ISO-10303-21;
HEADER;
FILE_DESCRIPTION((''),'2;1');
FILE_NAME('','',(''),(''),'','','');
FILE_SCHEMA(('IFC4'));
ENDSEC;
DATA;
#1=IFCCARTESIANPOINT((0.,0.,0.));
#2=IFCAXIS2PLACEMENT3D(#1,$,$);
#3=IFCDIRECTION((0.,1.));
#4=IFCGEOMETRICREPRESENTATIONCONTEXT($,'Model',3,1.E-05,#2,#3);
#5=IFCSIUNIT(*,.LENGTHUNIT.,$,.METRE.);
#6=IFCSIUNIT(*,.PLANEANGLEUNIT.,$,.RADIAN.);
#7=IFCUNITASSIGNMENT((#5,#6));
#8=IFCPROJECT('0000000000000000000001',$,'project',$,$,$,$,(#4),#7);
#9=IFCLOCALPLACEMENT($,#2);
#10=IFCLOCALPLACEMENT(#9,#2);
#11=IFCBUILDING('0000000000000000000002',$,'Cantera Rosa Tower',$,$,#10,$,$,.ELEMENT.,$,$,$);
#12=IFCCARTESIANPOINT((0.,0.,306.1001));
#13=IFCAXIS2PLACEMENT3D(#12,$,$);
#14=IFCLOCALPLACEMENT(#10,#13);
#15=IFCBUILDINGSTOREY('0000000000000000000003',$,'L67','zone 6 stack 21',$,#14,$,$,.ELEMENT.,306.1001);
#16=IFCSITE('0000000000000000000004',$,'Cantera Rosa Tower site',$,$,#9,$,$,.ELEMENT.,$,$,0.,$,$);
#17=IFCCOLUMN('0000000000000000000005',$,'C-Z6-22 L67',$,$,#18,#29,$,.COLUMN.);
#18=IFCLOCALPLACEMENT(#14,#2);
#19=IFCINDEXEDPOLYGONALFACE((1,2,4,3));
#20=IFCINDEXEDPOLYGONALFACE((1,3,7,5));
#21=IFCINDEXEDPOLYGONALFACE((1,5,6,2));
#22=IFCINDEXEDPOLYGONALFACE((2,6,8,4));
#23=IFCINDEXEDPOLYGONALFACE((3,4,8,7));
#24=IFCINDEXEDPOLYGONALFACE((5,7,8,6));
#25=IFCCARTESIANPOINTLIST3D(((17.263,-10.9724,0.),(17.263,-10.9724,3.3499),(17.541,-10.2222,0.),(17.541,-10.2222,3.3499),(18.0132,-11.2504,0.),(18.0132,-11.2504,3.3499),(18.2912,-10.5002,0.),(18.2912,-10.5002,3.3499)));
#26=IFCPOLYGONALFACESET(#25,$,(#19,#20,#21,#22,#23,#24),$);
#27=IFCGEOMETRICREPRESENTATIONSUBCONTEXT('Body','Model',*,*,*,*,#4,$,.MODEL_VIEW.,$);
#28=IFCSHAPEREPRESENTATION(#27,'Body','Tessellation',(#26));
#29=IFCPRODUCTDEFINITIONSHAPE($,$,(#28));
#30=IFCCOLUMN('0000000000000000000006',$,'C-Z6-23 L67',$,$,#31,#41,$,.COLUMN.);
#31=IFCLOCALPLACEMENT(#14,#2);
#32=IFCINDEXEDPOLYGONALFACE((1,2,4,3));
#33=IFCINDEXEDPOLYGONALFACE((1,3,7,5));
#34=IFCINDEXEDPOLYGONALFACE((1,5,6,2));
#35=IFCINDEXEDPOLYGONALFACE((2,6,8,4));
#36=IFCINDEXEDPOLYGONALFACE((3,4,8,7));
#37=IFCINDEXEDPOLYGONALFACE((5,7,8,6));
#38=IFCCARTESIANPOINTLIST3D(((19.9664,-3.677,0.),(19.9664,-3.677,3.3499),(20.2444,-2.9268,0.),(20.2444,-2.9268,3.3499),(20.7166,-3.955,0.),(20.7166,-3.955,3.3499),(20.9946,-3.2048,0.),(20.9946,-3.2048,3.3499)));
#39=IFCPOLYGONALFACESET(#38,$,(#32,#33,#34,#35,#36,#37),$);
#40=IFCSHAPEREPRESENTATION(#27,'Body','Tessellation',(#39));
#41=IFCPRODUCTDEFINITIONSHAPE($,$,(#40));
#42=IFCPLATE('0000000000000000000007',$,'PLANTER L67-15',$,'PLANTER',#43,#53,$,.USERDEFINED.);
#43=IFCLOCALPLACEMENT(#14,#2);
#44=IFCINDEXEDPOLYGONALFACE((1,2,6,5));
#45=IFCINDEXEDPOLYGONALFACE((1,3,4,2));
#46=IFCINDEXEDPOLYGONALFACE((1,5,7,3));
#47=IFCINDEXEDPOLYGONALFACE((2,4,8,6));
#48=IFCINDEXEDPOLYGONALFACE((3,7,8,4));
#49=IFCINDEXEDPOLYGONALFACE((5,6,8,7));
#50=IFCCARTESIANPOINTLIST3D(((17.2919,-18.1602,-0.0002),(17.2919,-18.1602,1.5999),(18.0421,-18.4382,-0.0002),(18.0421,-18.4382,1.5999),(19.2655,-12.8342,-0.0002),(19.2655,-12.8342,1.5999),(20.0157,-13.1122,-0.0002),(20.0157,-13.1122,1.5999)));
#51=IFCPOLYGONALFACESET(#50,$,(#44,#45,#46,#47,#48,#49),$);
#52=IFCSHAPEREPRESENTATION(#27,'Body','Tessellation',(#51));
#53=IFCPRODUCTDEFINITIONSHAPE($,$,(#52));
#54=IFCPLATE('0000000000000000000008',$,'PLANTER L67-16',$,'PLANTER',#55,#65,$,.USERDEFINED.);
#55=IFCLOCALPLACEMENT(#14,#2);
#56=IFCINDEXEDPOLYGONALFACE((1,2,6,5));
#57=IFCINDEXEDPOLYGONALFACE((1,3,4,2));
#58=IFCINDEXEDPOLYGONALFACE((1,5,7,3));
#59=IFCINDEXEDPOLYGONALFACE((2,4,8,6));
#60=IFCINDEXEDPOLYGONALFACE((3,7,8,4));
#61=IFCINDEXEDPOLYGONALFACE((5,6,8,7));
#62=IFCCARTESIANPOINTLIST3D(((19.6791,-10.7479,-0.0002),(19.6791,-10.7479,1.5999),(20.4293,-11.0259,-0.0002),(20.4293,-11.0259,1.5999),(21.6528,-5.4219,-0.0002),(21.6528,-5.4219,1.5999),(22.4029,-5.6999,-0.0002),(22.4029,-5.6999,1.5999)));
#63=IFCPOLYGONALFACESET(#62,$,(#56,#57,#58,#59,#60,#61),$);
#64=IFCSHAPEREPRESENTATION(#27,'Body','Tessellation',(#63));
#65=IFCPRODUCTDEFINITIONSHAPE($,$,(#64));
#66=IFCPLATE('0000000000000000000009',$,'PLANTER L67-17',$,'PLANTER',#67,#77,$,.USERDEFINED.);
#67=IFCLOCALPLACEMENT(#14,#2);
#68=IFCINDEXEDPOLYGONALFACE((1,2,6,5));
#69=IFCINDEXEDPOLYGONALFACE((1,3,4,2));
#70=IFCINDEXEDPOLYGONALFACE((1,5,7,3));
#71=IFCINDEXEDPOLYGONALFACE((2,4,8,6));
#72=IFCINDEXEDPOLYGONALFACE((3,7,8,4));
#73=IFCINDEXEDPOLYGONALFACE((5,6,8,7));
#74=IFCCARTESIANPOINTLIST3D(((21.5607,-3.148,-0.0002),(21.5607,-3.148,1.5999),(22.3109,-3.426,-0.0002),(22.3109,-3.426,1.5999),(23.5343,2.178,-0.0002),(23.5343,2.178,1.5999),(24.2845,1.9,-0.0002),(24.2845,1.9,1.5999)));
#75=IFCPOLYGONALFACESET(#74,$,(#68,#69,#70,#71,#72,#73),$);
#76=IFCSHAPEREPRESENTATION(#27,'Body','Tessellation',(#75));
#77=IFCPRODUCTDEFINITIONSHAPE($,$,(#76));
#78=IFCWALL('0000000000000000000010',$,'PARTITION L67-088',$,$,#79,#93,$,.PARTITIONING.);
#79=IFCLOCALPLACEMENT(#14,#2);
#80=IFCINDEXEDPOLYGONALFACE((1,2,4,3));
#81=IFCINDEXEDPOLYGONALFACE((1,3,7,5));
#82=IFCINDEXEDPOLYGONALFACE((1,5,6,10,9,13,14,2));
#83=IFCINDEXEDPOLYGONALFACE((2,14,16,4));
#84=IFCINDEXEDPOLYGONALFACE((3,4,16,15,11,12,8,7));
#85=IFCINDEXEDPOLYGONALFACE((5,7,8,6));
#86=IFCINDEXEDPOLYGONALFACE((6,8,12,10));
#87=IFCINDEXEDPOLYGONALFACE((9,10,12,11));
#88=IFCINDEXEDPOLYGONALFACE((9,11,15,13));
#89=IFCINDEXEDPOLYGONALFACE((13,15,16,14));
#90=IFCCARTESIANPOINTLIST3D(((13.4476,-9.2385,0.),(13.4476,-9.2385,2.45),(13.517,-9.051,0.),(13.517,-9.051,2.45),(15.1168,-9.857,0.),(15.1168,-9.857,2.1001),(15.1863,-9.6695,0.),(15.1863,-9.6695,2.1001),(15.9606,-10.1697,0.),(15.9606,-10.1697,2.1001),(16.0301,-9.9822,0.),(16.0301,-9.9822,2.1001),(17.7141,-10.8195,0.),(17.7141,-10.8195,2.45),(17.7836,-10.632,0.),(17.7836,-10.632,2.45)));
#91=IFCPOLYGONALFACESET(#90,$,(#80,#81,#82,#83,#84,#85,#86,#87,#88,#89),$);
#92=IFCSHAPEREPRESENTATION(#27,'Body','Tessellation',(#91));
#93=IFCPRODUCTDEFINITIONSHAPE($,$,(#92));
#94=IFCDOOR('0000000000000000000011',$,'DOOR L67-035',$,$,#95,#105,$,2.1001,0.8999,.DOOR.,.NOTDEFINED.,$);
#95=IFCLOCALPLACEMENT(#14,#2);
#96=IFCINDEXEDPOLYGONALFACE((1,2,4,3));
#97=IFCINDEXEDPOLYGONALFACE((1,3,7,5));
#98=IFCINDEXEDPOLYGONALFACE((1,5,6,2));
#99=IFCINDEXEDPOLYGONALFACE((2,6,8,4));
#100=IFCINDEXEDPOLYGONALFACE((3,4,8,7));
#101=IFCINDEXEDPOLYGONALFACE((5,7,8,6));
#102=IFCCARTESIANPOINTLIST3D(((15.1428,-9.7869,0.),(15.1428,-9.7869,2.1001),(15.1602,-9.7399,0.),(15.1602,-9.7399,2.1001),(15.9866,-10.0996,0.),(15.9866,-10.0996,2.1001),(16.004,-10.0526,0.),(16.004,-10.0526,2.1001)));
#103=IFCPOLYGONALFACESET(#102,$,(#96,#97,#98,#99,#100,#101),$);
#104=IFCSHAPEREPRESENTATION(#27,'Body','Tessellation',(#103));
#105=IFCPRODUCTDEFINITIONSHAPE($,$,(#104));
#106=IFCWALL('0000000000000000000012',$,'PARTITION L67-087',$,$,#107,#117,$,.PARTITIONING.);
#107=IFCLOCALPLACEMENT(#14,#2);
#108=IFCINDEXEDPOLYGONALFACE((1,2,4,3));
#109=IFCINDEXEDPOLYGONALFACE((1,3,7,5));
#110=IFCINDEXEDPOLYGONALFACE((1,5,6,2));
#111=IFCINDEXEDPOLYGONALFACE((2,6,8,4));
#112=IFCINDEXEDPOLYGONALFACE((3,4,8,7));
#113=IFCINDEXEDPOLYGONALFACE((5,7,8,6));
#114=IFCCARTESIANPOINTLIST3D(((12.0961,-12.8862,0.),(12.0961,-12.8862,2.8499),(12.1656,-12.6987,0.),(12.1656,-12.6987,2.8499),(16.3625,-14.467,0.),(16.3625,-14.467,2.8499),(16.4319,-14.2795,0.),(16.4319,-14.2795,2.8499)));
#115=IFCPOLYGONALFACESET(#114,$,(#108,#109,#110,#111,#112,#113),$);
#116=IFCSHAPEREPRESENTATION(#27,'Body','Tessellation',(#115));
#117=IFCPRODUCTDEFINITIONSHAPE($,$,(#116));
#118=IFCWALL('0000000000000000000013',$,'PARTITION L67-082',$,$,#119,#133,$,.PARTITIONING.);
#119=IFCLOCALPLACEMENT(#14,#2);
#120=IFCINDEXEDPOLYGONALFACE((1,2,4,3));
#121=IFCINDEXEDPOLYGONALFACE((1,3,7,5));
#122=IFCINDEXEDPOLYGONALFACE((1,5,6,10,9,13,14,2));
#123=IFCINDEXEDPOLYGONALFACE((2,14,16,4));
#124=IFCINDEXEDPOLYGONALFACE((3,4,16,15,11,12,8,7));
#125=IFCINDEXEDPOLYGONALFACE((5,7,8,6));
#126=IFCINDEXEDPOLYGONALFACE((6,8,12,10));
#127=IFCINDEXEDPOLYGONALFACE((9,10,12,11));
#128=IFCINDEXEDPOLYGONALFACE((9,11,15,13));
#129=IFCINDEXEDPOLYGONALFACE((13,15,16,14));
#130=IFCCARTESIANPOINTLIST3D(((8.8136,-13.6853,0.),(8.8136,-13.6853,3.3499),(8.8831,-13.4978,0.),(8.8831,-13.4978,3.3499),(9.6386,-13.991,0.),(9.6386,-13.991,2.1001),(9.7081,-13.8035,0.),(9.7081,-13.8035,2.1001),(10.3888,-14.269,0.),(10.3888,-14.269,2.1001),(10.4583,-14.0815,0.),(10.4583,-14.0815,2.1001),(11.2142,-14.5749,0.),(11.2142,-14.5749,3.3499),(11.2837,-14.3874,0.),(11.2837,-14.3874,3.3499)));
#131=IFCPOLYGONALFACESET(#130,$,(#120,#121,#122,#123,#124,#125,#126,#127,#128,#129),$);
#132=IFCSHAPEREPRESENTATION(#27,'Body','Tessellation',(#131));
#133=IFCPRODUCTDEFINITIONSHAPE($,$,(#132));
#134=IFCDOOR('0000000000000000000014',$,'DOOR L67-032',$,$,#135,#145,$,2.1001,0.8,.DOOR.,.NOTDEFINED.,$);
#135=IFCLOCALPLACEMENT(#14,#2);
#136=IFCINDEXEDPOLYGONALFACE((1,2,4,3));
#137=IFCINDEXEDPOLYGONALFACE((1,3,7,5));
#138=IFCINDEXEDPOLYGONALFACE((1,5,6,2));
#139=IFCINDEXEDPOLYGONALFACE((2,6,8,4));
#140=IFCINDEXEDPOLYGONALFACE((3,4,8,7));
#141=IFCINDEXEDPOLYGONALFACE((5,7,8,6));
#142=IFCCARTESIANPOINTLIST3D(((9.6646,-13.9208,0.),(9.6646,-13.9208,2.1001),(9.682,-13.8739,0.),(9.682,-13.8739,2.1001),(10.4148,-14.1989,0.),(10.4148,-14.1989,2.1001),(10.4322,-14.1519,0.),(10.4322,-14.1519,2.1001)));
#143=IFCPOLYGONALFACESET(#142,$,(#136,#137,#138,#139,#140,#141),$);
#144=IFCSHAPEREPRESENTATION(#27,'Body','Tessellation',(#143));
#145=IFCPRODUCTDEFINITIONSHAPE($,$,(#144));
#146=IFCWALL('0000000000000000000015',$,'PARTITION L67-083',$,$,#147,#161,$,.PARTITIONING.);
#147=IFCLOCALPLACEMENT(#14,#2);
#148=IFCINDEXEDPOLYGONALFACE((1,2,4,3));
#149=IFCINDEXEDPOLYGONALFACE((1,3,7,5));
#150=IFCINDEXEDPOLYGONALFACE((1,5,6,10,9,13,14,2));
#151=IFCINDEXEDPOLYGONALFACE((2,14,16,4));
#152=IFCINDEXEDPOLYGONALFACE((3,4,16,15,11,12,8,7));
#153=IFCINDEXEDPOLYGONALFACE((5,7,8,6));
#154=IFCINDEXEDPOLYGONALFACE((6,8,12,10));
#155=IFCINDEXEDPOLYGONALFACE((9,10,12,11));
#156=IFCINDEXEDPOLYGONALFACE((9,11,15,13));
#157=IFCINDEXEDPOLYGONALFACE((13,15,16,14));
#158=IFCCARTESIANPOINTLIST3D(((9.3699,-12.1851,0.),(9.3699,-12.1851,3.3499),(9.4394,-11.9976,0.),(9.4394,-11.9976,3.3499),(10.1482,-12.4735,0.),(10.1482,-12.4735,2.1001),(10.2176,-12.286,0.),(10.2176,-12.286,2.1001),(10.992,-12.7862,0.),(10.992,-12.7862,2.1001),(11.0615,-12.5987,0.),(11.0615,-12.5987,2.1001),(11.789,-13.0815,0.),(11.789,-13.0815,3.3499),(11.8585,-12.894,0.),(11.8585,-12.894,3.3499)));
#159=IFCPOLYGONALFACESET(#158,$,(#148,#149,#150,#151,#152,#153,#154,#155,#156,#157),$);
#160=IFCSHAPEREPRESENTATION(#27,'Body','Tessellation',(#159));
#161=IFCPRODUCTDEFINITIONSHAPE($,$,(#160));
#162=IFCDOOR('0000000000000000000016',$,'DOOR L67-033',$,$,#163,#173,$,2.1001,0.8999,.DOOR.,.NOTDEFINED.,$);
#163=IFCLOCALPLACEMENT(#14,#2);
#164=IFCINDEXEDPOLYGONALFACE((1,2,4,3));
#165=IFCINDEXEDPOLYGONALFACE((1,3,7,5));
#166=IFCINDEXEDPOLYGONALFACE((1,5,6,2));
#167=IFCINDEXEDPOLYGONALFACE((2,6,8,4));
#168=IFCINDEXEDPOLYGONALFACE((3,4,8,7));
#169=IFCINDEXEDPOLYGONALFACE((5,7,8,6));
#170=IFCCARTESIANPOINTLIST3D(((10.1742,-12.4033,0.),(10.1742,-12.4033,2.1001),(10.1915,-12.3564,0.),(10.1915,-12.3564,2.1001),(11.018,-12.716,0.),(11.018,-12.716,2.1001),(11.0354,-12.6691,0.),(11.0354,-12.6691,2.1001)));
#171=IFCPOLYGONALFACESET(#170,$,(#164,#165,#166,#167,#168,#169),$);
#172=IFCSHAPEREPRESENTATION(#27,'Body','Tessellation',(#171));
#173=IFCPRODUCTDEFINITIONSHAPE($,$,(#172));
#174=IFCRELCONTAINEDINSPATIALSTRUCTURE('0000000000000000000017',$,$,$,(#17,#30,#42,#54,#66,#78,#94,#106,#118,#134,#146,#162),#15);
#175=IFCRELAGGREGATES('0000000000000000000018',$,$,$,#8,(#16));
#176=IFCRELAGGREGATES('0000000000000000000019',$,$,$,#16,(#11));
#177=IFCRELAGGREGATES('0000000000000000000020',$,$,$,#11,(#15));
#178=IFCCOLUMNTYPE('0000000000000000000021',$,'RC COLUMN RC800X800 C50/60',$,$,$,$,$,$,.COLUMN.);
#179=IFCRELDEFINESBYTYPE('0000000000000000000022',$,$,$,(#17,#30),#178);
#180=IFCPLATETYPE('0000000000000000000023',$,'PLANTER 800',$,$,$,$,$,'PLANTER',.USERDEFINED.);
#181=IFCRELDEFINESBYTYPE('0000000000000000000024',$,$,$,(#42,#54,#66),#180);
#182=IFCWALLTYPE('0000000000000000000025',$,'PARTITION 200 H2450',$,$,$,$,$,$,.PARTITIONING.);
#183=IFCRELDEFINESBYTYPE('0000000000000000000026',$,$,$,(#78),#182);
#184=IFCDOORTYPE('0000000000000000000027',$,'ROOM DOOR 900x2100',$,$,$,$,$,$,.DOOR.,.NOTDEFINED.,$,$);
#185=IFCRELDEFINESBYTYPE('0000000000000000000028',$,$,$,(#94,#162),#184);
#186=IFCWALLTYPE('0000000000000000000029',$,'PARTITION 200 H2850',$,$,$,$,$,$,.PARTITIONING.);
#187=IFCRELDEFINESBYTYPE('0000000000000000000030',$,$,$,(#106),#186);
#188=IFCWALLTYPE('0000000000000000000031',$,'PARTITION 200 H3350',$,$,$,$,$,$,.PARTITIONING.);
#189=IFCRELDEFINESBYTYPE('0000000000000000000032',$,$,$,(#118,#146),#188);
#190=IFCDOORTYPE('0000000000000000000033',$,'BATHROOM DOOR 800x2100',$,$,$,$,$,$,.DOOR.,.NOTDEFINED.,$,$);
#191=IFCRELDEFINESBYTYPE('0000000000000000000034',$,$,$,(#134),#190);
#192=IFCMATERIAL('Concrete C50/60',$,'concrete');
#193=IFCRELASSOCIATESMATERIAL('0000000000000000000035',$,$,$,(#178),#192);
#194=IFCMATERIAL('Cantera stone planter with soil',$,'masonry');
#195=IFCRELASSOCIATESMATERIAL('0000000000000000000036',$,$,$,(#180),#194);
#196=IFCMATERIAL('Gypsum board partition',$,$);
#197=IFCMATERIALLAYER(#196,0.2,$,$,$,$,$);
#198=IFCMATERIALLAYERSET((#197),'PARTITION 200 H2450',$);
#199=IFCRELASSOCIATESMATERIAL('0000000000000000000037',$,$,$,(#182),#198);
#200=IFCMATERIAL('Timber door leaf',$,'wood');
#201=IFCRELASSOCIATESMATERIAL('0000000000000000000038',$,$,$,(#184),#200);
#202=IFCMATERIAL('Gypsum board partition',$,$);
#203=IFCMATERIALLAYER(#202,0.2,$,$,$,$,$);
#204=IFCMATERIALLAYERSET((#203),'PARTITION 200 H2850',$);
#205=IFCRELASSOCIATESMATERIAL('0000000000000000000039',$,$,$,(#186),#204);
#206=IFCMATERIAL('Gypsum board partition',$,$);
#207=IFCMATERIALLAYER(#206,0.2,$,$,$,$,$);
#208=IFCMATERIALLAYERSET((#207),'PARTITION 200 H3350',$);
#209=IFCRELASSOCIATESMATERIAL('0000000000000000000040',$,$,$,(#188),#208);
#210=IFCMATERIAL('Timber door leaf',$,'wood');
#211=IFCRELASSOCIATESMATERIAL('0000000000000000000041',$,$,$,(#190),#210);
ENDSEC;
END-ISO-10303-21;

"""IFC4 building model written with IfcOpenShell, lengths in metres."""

from ifc_helpers import new_model, si_unit, direction, frame, frame_2d, origin, origin_2d, place, context, subcontext, project, spatial, rectangle, extrude, material, layer, layer_set, material_profile, profile_set, type_object, element, fill, save


model = new_model("IFC4")

# Units and contexts
model_context = context("Model", 3, precision=1e-05, world=origin(), true_north=direction((0.0, 1.0)))
body_context = subcontext(model_context, "Body", "Model", "MODEL_VIEW")
ifc_project = project(units=[si_unit("LENGTHUNIT", "METRE"), si_unit("PLANEANGLEUNIT", "RADIAN")], contexts=[model_context])

# Site, building, storey
site_placement = place(None, origin())
site = spatial("IfcSite", under=ifc_project, at=site_placement, Name="Cantera Rosa Tower site", CompositionType="ELEMENT", RefElevation=0.0)
building_placement = place(site_placement, origin())
building = spatial("IfcBuilding", under=site, at=building_placement, Name="Cantera Rosa Tower", CompositionType="ELEMENT")
storey_placement = place(building_placement, frame((0.0, 0.0, 306.1001)))
storey = spatial("IfcBuildingStorey", under=building, at=storey_placement, Name="L67", Description="zone 6 stack 21", CompositionType="ELEMENT", Elevation=306.1001)

# Columns
ifc_material_1 = material(Name="Concrete C50/60", Category="concrete")
ifc_material_profile = material_profile(ifc_material_1, rectangle(XDim=0.8, YDim=0.8, at=origin_2d()), Name="RC COLUMN RC800X800 C50/60")
ifc_profile_set = profile_set([ifc_material_profile], Name="Concrete C50/60")
column_type = type_object("IfcColumnType", Name="RC COLUMN RC800X800 C50/60", PredefinedType="COLUMN", material=ifc_profile_set)
for number, where, z_axis, x_axis, name in (
    (1, (17.7771, -10.7363, 0.0), (0.0, 0.0, 1.0), (0.347481, 0.937687, 0.0), "C-Z6-22 L67"),
    (2, (20.4805, -3.4409, 0.0), (0.0, 0.0, 1.0), (0.347481, 0.937687, 0.0), "C-Z6-23 L67"),
):
    element("IfcColumn", number, at=place(storey_placement, frame(where, z_axis=z_axis, x_axis=x_axis)), inside=storey, type_object=column_type, Name=name, PredefinedType="COLUMN", context=body_context, shape_type="SweptSolid", body=[
        extrude(rectangle(XDim=0.8, YDim=0.8, at=origin_2d()), origin(), (0.0, 0.0, 1.0), 3.3499),
    ])

# Plates
ifc_material_2 = material(Name="Cantera stone planter with soil", Category="masonry")
plate_type = type_object("IfcPlateType", Name="PLANTER 800", ElementType="PLANTER", PredefinedType="USERDEFINED", material=ifc_material_2)
for number, where, z_axis, x_axis, name in (
    (3, (18.6538, -15.6362, -0.0002), (0.0, 0.0, 1.0), (0.347481, 0.937687, 0.0), "PLANTER L67-15"),
    (4, (21.041, -8.2239, -0.0002), (0.0, 0.0, 1.0), (0.347481, 0.937687, 0.0), "PLANTER L67-16"),
    (5, (22.9226, -0.624, -0.0002), (0.0, 0.0, 1.0), (0.347481, 0.937687, 0.0), "PLANTER L67-17"),
):
    element("IfcPlate", number, at=place(storey_placement, frame(where, z_axis=z_axis, x_axis=x_axis)), inside=storey, type_object=plate_type, Name=name, ObjectType="PLANTER", PredefinedType="USERDEFINED", context=body_context, shape_type="SweptSolid", body=[
        extrude(rectangle(XDim=5.6799, YDim=0.8, at=origin_2d()), origin(), (0.0, 0.0, 1.0), 1.6001),
    ])

# Wall, opening, door
ifc_material_3 = material(Name="Gypsum board partition")
ifc_layer_1 = layer(ifc_material_3, 0.2)
ifc_layer_set_1 = layer_set([ifc_layer_1], Name="PARTITION 200 H2450")
wall_type_1 = type_object("IfcWallType", Name="PARTITION 200 H2450", PredefinedType="PARTITIONING", material=ifc_layer_set_1)
wall_1_placement = place(storey_placement, frame((13.4824, -9.1448, 0.0), z_axis=(0.0, 0.0, 1.0), x_axis=(0.937689, -0.347475, 0.0)))
wall_1 = element("IfcWall", 6, at=wall_1_placement, inside=storey, type_object=wall_type_1, Name="PARTITION L67-088", PredefinedType="PARTITIONING", context=body_context, shape_type="SweptSolid", body=[
    extrude(rectangle(XDim=4.55, YDim=0.2, at=frame_2d((2.2749, 0.0))), origin(), (0.0, 0.0, 1.0), 2.45),
])
opening_1_placement = place(wall_1_placement, frame((1.78, 0.0, 0.0)))
opening_1 = element("IfcOpeningElement", 7, at=opening_1_placement, cuts=wall_1, PredefinedType="OPENING", context=body_context, shape_type="SweptSolid", body=[
    extrude(rectangle(XDim=0.8999, YDim=2.1001, at=frame_2d((0.45, 1.05))), frame((0.0, 0.1099, 0.0), z_axis=(0.0, -1.0, 0.0), x_axis=(1.0, 0.0, 0.0)), (0.0, 0.0, 1.0), 0.22),
])
ifc_material_4 = material(Name="Timber door leaf", Category="wood")
door_type_1 = type_object("IfcDoorType", Name="ROOM DOOR 900x2100", OperationType="NOTDEFINED", PredefinedType="DOOR", material=ifc_material_4)
door_1_placement = place(opening_1_placement, origin())
door_1 = element("IfcDoor", 8, at=door_1_placement, inside=storey, type_object=door_type_1, Name="DOOR L67-035", OperationType="NOTDEFINED", OverallHeight=2.1001, OverallWidth=0.8999, PredefinedType="DOOR", context=body_context, shape_type="SweptSolid", body=[
    extrude(rectangle(XDim=0.8999, YDim=2.1001, at=frame_2d((0.45, 1.05))), frame((0.0, 0.0249, 0.0), z_axis=(0.0, -1.0, 0.0), x_axis=(1.0, 0.0, 0.0)), (0.0, 0.0, 1.0), 0.05),
])
fill(opening_1, door_1)

# Wall
ifc_material_5 = material(Name="Gypsum board partition")
ifc_layer_2 = layer(ifc_material_5, 0.2)
ifc_layer_set_2 = layer_set([ifc_layer_2], Name="PARTITION 200 H2850")
wall_type_2 = type_object("IfcWallType", Name="PARTITION 200 H2850", PredefinedType="PARTITIONING", material=ifc_layer_set_2)
wall_2_placement = place(storey_placement, frame((12.1309, -12.7925, 0.0), z_axis=(0.0, 0.0, 1.0), x_axis=(0.9377, -0.347445, 0.0)))
element("IfcWall", 9, at=wall_2_placement, inside=storey, type_object=wall_type_2, Name="PARTITION L67-087", PredefinedType="PARTITIONING", context=body_context, shape_type="SweptSolid", body=[
    extrude(rectangle(XDim=4.5498, YDim=0.2, at=frame_2d((2.2749, 0.0))), origin(), (0.0, 0.0, 1.0), 2.8499),
])

# Walls, openings, doors
ifc_material_6 = material(Name="Gypsum board partition")
ifc_layer_3 = layer(ifc_material_6, 0.2)
ifc_layer_set_3 = layer_set([ifc_layer_3], Name="PARTITION 200 H3350")
wall_type_3 = type_object("IfcWallType", Name="PARTITION 200 H3350", PredefinedType="PARTITIONING", material=ifc_layer_set_3)
wall_3_placement = place(storey_placement, frame((8.8484, -13.5916, 0.0), z_axis=(0.0, 0.0, 1.0), x_axis=(0.937682, -0.347494, 0.0)))
wall_3 = element("IfcWall", 10, at=wall_3_placement, inside=storey, type_object=wall_type_3, Name="PARTITION L67-082", PredefinedType="PARTITIONING", context=body_context, shape_type="SweptSolid", body=[
    extrude(rectangle(XDim=2.5601, YDim=0.2, at=frame_2d((1.28, 0.0))), origin(), (0.0, 0.0, 1.0), 3.3499),
])
opening_2_placement = place(wall_3_placement, frame((0.8799, 0.0, 0.0)))
opening_2 = element("IfcOpeningElement", 11, at=opening_2_placement, cuts=wall_3, PredefinedType="OPENING", context=body_context, shape_type="SweptSolid", body=[
    extrude(rectangle(XDim=0.8, YDim=2.1001, at=frame_2d((0.3999, 1.05))), frame((0.0, 0.1099, 0.0), z_axis=(0.0, -1.0, 0.0), x_axis=(1.0, 0.0, 0.0)), (0.0, 0.0, 1.0), 0.22),
])
ifc_material_7 = material(Name="Timber door leaf", Category="wood")
door_type_2 = type_object("IfcDoorType", Name="BATHROOM DOOR 800x2100", OperationType="NOTDEFINED", PredefinedType="DOOR", material=ifc_material_7)
door_2_placement = place(opening_2_placement, origin())
door_2 = element("IfcDoor", 12, at=door_2_placement, inside=storey, type_object=door_type_2, Name="DOOR L67-032", OperationType="NOTDEFINED", OverallHeight=2.1001, OverallWidth=0.8, PredefinedType="DOOR", context=body_context, shape_type="SweptSolid", body=[
    extrude(rectangle(XDim=0.8, YDim=2.1001, at=frame_2d((0.3999, 1.05))), frame((0.0, 0.0249, 0.0), z_axis=(0.0, -1.0, 0.0), x_axis=(1.0, 0.0, 0.0)), (0.0, 0.0, 1.0), 0.05),
])
fill(opening_2, door_2)
wall_4_placement = place(storey_placement, frame((9.4045, -12.0913, 0.0), z_axis=(0.0, 0.0, 1.0), x_axis=(0.937687, -0.347481, 0.0)))
wall_4 = element("IfcWall", 13, at=wall_4_placement, inside=storey, type_object=wall_type_3, Name="PARTITION L67-083", PredefinedType="PARTITIONING", context=body_context, shape_type="SweptSolid", body=[
    extrude(rectangle(XDim=2.5798, YDim=0.2, at=frame_2d((1.29, 0.0))), origin(), (0.0, 0.0, 1.0), 3.3499),
])
opening_3_placement = place(wall_4_placement, frame((0.8301, 0.0, 0.0)))
opening_3 = element("IfcOpeningElement", 14, at=opening_3_placement, cuts=wall_4, PredefinedType="OPENING", context=body_context, shape_type="SweptSolid", body=[
    extrude(rectangle(XDim=0.8999, YDim=2.1001, at=frame_2d((0.45, 1.05))), frame((0.0, 0.1099, 0.0), z_axis=(0.0, -1.0, 0.0), x_axis=(1.0, 0.0, 0.0)), (0.0, 0.0, 1.0), 0.22),
])
door_3_placement = place(opening_3_placement, origin())
door_3 = element("IfcDoor", 15, at=door_3_placement, inside=storey, type_object=door_type_1, Name="DOOR L67-033", OperationType="NOTDEFINED", OverallHeight=2.1001, OverallWidth=0.8999, PredefinedType="DOOR", context=body_context, shape_type="SweptSolid", body=[
    extrude(rectangle(XDim=0.8999, YDim=2.1001, at=frame_2d((0.45, 1.05))), frame((0.0, 0.0249, 0.0), z_axis=(0.0, -1.0, 0.0), x_axis=(1.0, 0.0, 0.0)), (0.0, 0.0, 1.0), 0.05),
])
fill(opening_3, door_3)

save(model, "model.ifc")
